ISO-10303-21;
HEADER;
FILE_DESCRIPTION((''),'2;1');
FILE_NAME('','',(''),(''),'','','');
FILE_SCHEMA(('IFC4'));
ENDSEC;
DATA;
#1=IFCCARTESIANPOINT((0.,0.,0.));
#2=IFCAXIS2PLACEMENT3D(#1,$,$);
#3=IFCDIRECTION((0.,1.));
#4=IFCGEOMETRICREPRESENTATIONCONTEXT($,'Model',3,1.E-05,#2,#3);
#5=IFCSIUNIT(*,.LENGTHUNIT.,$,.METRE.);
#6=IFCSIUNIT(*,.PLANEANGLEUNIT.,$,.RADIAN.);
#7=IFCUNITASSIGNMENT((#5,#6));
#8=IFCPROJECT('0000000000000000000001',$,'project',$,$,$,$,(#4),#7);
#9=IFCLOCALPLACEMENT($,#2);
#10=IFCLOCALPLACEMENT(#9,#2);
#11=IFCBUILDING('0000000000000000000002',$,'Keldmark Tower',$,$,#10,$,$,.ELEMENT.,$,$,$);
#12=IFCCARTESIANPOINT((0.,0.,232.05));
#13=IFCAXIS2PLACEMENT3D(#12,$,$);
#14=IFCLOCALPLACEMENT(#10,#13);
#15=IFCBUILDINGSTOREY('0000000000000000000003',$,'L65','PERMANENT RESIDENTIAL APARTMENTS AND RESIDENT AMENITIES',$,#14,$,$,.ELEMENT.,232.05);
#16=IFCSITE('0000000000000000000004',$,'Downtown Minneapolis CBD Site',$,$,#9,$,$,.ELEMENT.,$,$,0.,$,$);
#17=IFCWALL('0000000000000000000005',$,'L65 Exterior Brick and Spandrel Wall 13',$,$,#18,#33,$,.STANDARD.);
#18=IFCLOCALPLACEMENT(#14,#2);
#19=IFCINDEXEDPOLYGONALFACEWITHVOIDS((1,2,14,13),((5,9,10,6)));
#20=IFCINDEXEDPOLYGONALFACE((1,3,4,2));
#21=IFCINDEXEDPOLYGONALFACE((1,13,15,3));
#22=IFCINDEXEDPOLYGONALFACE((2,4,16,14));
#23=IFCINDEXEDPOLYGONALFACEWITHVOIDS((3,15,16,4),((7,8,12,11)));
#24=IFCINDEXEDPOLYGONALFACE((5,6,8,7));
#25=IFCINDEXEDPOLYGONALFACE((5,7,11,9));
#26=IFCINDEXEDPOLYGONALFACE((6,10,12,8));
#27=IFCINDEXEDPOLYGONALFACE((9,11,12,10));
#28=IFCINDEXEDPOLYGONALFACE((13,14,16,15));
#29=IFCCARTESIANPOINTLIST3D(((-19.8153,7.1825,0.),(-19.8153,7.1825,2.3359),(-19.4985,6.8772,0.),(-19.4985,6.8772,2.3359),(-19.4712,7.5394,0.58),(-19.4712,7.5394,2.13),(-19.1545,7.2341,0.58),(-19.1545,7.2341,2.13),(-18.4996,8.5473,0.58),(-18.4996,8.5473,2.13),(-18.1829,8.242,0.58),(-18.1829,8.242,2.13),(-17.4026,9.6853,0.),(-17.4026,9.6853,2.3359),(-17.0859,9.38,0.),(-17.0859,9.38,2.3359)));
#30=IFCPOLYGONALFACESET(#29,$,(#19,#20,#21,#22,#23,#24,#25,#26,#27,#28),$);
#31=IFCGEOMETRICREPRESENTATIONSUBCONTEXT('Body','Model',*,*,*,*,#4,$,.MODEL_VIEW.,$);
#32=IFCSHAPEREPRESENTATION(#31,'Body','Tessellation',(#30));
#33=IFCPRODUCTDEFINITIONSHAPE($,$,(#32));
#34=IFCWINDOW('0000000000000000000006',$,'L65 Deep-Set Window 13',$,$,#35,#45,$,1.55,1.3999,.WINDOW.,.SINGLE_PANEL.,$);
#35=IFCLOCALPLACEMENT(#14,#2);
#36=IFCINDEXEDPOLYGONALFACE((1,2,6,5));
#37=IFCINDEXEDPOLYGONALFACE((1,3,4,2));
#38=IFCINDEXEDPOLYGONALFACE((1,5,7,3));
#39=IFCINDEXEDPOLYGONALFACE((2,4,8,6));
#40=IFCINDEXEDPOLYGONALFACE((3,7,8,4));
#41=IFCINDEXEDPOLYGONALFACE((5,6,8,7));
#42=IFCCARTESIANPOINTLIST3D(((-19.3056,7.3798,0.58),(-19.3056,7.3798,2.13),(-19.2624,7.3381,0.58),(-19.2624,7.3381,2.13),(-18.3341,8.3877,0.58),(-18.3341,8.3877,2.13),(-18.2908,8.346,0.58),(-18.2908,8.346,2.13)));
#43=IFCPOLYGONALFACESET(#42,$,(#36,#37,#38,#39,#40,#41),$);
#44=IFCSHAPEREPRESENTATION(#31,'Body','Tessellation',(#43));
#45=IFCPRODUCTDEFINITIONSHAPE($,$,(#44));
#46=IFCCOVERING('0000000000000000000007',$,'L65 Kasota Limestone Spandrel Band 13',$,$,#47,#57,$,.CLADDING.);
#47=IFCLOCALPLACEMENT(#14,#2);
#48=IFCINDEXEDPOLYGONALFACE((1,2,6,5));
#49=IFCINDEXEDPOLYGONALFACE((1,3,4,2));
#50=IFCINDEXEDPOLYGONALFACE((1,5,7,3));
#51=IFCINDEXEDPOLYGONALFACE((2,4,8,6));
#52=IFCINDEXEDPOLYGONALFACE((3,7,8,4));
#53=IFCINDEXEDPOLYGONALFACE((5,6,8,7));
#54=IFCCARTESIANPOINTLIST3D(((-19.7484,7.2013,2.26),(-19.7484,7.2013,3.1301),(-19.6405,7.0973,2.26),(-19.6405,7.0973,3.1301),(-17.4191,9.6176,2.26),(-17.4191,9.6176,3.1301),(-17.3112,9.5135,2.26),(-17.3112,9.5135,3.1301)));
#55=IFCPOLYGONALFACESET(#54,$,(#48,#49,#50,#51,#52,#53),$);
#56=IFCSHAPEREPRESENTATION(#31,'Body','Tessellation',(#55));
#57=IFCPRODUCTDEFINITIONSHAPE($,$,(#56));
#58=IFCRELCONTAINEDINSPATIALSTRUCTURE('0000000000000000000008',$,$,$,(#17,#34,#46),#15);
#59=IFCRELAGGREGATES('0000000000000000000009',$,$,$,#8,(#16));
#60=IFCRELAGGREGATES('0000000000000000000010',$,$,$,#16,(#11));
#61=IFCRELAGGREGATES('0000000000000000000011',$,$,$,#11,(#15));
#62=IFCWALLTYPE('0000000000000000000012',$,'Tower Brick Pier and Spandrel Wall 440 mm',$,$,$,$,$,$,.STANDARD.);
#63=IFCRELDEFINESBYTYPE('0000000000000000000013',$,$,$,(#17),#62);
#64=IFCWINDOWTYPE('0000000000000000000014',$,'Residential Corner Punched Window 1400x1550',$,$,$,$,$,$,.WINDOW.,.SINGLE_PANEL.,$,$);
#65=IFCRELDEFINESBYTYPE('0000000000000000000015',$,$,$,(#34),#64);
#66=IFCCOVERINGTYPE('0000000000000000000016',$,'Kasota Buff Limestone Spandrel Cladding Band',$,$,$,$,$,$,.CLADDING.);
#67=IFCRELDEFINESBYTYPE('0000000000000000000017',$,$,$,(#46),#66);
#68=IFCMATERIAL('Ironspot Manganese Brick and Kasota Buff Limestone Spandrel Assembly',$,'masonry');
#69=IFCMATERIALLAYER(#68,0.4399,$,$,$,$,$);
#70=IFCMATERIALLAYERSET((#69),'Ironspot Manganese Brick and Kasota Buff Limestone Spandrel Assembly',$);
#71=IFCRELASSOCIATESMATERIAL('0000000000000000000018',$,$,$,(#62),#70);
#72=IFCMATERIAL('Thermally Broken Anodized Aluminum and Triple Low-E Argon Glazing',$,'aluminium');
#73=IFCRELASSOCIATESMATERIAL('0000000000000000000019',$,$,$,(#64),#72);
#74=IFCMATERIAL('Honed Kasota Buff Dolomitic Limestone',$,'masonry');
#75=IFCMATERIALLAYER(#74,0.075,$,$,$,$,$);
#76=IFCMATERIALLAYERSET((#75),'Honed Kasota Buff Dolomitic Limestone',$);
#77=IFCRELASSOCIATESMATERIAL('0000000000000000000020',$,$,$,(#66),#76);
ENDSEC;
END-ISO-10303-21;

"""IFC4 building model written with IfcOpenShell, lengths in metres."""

from ifc_helpers import new_model, si_unit, direction, frame, frame_2d, origin, origin_2d, place, context, subcontext, project, spatial, rectangle, extrude, material, layer, layer_set, type_object, element, fill, save


model = new_model("IFC4")

# Units and contexts
model_context = context("Model", 3, precision=1e-05, world=origin(), true_north=direction((0.0, 1.0)))
body_context = subcontext(model_context, "Body", "Model", "MODEL_VIEW")
ifc_project = project(units=[si_unit("LENGTHUNIT", "METRE"), si_unit("PLANEANGLEUNIT", "RADIAN")], contexts=[model_context])

# Site, building, storey
site_placement = place(None, origin())
site = spatial("IfcSite", under=ifc_project, at=site_placement, Name="Downtown Minneapolis CBD Site", CompositionType="ELEMENT", RefElevation=0.0)
building_placement = place(site_placement, origin())
building = spatial("IfcBuilding", under=site, at=building_placement, Name="Keldmark Tower", CompositionType="ELEMENT")
storey_placement = place(building_placement, frame((0.0, 0.0, 232.05)))
storey = spatial("IfcBuildingStorey", under=building, at=storey_placement, Name="L65", Description="PERMANENT RESIDENTIAL APARTMENTS AND RESIDENT AMENITIES", CompositionType="ELEMENT", Elevation=232.05)

# Wall, opening, window
ifc_material_1 = material(Name="Ironspot Manganese Brick and Kasota Buff Limestone Spandrel Assembly", Category="masonry")
ifc_layer_1 = layer(ifc_material_1, 0.4399)
ifc_layer_set_1 = layer_set([ifc_layer_1], Name="Ironspot Manganese Brick and Kasota Buff Limestone Spandrel Assembly")
wall_type_1 = type_object("IfcWallType", Name="Tower Brick Pier and Spandrel Wall 440 mm", PredefinedType="STANDARD", material=ifc_layer_set_1)
ifc_material_2 = material(Name="Thermally Broken Anodized Aluminum and Triple Low-E Argon Glazing", Category="aluminium")
window_type_1 = type_object("IfcWindowType", Name="Residential Corner Punched Window 1400x1550", PartitioningType="SINGLE_PANEL", PredefinedType="WINDOW", material=ifc_material_2)
wall_1_placement = place(storey_placement, frame((-19.657, 7.0298, 0.0), z_axis=(0.0, 0.0, 1.0), x_axis=(0.69403, 0.719946, 0.0)))
wall_1 = element("IfcWall", 1, at=wall_1_placement, inside=storey, type_object=wall_type_1, Name="L65 Exterior Brick and Spandrel Wall 13", PredefinedType="STANDARD", context=body_context, shape_type="SweptSolid", body=[
    extrude(rectangle(XDim=3.4763, YDim=0.4399, at=frame_2d((1.7383, 0.0))), origin(), (0.0, 0.0, 1.0), 2.3359),
])
opening_1_placement = place(wall_1_placement, frame((0.4958, 0.0, 0.5801)))
opening_1 = element("IfcOpeningElement", 2, at=opening_1_placement, cuts=wall_1, PredefinedType="OPENING", context=body_context, shape_type="SweptSolid", body=[
    extrude(rectangle(XDim=1.3999, YDim=1.55, at=frame_2d((0.7, 0.7749))), frame((0.0, 0.23, 0.0), z_axis=(0.0, -1.0, 0.0), x_axis=(1.0, 0.0, 0.0)), (0.0, 0.0, 1.0), 0.46),
])
window_1_placement = place(opening_1_placement, origin())
window_1 = element("IfcWindow", 3, at=window_1_placement, inside=storey, type_object=window_type_1, Name="L65 Deep-Set Window 13", OverallHeight=1.55, OverallWidth=1.3999, PartitioningType="SINGLE_PANEL", PredefinedType="WINDOW", context=body_context, shape_type="SweptSolid", body=[
    extrude(rectangle(XDim=1.3999, YDim=1.55, at=frame_2d((0.7, 0.7749))), frame((0.0, -0.01, 0.0), z_axis=(0.0, -1.0, 0.0), x_axis=(1.0, 0.0, 0.0)), (0.0, 0.0, 1.0), 0.0601),
])
fill(opening_1, window_1)

# Covering
ifc_material_3 = material(Name="Honed Kasota Buff Dolomitic Limestone", Category="masonry")
ifc_layer_2 = layer(ifc_material_3, 0.075)
ifc_layer_set_2 = layer_set([ifc_layer_2], Name="Honed Kasota Buff Dolomitic Limestone")
covering_type = type_object("IfcCoveringType", Name="Kasota Buff Limestone Spandrel Cladding Band", PredefinedType="CLADDING", material=ifc_layer_set_2)
covering_placement = place(storey_placement, frame((-18.5298, 8.3574, 2.26), z_axis=(0.0, 0.0, 1.0), x_axis=(-0.69403, -0.719946, 0.0)))
element("IfcCovering", 4, at=covering_placement, inside=storey, type_object=covering_type, Name="L65 Kasota Limestone Spandrel Band 13", PredefinedType="CLADDING", context=body_context, shape_type="SweptSolid", body=[
    extrude(rectangle(XDim=3.3562, YDim=0.1499, at=origin_2d()), origin(), (0.0, 0.0, 1.0), 0.8701),
])

save(model, "model.ifc")
